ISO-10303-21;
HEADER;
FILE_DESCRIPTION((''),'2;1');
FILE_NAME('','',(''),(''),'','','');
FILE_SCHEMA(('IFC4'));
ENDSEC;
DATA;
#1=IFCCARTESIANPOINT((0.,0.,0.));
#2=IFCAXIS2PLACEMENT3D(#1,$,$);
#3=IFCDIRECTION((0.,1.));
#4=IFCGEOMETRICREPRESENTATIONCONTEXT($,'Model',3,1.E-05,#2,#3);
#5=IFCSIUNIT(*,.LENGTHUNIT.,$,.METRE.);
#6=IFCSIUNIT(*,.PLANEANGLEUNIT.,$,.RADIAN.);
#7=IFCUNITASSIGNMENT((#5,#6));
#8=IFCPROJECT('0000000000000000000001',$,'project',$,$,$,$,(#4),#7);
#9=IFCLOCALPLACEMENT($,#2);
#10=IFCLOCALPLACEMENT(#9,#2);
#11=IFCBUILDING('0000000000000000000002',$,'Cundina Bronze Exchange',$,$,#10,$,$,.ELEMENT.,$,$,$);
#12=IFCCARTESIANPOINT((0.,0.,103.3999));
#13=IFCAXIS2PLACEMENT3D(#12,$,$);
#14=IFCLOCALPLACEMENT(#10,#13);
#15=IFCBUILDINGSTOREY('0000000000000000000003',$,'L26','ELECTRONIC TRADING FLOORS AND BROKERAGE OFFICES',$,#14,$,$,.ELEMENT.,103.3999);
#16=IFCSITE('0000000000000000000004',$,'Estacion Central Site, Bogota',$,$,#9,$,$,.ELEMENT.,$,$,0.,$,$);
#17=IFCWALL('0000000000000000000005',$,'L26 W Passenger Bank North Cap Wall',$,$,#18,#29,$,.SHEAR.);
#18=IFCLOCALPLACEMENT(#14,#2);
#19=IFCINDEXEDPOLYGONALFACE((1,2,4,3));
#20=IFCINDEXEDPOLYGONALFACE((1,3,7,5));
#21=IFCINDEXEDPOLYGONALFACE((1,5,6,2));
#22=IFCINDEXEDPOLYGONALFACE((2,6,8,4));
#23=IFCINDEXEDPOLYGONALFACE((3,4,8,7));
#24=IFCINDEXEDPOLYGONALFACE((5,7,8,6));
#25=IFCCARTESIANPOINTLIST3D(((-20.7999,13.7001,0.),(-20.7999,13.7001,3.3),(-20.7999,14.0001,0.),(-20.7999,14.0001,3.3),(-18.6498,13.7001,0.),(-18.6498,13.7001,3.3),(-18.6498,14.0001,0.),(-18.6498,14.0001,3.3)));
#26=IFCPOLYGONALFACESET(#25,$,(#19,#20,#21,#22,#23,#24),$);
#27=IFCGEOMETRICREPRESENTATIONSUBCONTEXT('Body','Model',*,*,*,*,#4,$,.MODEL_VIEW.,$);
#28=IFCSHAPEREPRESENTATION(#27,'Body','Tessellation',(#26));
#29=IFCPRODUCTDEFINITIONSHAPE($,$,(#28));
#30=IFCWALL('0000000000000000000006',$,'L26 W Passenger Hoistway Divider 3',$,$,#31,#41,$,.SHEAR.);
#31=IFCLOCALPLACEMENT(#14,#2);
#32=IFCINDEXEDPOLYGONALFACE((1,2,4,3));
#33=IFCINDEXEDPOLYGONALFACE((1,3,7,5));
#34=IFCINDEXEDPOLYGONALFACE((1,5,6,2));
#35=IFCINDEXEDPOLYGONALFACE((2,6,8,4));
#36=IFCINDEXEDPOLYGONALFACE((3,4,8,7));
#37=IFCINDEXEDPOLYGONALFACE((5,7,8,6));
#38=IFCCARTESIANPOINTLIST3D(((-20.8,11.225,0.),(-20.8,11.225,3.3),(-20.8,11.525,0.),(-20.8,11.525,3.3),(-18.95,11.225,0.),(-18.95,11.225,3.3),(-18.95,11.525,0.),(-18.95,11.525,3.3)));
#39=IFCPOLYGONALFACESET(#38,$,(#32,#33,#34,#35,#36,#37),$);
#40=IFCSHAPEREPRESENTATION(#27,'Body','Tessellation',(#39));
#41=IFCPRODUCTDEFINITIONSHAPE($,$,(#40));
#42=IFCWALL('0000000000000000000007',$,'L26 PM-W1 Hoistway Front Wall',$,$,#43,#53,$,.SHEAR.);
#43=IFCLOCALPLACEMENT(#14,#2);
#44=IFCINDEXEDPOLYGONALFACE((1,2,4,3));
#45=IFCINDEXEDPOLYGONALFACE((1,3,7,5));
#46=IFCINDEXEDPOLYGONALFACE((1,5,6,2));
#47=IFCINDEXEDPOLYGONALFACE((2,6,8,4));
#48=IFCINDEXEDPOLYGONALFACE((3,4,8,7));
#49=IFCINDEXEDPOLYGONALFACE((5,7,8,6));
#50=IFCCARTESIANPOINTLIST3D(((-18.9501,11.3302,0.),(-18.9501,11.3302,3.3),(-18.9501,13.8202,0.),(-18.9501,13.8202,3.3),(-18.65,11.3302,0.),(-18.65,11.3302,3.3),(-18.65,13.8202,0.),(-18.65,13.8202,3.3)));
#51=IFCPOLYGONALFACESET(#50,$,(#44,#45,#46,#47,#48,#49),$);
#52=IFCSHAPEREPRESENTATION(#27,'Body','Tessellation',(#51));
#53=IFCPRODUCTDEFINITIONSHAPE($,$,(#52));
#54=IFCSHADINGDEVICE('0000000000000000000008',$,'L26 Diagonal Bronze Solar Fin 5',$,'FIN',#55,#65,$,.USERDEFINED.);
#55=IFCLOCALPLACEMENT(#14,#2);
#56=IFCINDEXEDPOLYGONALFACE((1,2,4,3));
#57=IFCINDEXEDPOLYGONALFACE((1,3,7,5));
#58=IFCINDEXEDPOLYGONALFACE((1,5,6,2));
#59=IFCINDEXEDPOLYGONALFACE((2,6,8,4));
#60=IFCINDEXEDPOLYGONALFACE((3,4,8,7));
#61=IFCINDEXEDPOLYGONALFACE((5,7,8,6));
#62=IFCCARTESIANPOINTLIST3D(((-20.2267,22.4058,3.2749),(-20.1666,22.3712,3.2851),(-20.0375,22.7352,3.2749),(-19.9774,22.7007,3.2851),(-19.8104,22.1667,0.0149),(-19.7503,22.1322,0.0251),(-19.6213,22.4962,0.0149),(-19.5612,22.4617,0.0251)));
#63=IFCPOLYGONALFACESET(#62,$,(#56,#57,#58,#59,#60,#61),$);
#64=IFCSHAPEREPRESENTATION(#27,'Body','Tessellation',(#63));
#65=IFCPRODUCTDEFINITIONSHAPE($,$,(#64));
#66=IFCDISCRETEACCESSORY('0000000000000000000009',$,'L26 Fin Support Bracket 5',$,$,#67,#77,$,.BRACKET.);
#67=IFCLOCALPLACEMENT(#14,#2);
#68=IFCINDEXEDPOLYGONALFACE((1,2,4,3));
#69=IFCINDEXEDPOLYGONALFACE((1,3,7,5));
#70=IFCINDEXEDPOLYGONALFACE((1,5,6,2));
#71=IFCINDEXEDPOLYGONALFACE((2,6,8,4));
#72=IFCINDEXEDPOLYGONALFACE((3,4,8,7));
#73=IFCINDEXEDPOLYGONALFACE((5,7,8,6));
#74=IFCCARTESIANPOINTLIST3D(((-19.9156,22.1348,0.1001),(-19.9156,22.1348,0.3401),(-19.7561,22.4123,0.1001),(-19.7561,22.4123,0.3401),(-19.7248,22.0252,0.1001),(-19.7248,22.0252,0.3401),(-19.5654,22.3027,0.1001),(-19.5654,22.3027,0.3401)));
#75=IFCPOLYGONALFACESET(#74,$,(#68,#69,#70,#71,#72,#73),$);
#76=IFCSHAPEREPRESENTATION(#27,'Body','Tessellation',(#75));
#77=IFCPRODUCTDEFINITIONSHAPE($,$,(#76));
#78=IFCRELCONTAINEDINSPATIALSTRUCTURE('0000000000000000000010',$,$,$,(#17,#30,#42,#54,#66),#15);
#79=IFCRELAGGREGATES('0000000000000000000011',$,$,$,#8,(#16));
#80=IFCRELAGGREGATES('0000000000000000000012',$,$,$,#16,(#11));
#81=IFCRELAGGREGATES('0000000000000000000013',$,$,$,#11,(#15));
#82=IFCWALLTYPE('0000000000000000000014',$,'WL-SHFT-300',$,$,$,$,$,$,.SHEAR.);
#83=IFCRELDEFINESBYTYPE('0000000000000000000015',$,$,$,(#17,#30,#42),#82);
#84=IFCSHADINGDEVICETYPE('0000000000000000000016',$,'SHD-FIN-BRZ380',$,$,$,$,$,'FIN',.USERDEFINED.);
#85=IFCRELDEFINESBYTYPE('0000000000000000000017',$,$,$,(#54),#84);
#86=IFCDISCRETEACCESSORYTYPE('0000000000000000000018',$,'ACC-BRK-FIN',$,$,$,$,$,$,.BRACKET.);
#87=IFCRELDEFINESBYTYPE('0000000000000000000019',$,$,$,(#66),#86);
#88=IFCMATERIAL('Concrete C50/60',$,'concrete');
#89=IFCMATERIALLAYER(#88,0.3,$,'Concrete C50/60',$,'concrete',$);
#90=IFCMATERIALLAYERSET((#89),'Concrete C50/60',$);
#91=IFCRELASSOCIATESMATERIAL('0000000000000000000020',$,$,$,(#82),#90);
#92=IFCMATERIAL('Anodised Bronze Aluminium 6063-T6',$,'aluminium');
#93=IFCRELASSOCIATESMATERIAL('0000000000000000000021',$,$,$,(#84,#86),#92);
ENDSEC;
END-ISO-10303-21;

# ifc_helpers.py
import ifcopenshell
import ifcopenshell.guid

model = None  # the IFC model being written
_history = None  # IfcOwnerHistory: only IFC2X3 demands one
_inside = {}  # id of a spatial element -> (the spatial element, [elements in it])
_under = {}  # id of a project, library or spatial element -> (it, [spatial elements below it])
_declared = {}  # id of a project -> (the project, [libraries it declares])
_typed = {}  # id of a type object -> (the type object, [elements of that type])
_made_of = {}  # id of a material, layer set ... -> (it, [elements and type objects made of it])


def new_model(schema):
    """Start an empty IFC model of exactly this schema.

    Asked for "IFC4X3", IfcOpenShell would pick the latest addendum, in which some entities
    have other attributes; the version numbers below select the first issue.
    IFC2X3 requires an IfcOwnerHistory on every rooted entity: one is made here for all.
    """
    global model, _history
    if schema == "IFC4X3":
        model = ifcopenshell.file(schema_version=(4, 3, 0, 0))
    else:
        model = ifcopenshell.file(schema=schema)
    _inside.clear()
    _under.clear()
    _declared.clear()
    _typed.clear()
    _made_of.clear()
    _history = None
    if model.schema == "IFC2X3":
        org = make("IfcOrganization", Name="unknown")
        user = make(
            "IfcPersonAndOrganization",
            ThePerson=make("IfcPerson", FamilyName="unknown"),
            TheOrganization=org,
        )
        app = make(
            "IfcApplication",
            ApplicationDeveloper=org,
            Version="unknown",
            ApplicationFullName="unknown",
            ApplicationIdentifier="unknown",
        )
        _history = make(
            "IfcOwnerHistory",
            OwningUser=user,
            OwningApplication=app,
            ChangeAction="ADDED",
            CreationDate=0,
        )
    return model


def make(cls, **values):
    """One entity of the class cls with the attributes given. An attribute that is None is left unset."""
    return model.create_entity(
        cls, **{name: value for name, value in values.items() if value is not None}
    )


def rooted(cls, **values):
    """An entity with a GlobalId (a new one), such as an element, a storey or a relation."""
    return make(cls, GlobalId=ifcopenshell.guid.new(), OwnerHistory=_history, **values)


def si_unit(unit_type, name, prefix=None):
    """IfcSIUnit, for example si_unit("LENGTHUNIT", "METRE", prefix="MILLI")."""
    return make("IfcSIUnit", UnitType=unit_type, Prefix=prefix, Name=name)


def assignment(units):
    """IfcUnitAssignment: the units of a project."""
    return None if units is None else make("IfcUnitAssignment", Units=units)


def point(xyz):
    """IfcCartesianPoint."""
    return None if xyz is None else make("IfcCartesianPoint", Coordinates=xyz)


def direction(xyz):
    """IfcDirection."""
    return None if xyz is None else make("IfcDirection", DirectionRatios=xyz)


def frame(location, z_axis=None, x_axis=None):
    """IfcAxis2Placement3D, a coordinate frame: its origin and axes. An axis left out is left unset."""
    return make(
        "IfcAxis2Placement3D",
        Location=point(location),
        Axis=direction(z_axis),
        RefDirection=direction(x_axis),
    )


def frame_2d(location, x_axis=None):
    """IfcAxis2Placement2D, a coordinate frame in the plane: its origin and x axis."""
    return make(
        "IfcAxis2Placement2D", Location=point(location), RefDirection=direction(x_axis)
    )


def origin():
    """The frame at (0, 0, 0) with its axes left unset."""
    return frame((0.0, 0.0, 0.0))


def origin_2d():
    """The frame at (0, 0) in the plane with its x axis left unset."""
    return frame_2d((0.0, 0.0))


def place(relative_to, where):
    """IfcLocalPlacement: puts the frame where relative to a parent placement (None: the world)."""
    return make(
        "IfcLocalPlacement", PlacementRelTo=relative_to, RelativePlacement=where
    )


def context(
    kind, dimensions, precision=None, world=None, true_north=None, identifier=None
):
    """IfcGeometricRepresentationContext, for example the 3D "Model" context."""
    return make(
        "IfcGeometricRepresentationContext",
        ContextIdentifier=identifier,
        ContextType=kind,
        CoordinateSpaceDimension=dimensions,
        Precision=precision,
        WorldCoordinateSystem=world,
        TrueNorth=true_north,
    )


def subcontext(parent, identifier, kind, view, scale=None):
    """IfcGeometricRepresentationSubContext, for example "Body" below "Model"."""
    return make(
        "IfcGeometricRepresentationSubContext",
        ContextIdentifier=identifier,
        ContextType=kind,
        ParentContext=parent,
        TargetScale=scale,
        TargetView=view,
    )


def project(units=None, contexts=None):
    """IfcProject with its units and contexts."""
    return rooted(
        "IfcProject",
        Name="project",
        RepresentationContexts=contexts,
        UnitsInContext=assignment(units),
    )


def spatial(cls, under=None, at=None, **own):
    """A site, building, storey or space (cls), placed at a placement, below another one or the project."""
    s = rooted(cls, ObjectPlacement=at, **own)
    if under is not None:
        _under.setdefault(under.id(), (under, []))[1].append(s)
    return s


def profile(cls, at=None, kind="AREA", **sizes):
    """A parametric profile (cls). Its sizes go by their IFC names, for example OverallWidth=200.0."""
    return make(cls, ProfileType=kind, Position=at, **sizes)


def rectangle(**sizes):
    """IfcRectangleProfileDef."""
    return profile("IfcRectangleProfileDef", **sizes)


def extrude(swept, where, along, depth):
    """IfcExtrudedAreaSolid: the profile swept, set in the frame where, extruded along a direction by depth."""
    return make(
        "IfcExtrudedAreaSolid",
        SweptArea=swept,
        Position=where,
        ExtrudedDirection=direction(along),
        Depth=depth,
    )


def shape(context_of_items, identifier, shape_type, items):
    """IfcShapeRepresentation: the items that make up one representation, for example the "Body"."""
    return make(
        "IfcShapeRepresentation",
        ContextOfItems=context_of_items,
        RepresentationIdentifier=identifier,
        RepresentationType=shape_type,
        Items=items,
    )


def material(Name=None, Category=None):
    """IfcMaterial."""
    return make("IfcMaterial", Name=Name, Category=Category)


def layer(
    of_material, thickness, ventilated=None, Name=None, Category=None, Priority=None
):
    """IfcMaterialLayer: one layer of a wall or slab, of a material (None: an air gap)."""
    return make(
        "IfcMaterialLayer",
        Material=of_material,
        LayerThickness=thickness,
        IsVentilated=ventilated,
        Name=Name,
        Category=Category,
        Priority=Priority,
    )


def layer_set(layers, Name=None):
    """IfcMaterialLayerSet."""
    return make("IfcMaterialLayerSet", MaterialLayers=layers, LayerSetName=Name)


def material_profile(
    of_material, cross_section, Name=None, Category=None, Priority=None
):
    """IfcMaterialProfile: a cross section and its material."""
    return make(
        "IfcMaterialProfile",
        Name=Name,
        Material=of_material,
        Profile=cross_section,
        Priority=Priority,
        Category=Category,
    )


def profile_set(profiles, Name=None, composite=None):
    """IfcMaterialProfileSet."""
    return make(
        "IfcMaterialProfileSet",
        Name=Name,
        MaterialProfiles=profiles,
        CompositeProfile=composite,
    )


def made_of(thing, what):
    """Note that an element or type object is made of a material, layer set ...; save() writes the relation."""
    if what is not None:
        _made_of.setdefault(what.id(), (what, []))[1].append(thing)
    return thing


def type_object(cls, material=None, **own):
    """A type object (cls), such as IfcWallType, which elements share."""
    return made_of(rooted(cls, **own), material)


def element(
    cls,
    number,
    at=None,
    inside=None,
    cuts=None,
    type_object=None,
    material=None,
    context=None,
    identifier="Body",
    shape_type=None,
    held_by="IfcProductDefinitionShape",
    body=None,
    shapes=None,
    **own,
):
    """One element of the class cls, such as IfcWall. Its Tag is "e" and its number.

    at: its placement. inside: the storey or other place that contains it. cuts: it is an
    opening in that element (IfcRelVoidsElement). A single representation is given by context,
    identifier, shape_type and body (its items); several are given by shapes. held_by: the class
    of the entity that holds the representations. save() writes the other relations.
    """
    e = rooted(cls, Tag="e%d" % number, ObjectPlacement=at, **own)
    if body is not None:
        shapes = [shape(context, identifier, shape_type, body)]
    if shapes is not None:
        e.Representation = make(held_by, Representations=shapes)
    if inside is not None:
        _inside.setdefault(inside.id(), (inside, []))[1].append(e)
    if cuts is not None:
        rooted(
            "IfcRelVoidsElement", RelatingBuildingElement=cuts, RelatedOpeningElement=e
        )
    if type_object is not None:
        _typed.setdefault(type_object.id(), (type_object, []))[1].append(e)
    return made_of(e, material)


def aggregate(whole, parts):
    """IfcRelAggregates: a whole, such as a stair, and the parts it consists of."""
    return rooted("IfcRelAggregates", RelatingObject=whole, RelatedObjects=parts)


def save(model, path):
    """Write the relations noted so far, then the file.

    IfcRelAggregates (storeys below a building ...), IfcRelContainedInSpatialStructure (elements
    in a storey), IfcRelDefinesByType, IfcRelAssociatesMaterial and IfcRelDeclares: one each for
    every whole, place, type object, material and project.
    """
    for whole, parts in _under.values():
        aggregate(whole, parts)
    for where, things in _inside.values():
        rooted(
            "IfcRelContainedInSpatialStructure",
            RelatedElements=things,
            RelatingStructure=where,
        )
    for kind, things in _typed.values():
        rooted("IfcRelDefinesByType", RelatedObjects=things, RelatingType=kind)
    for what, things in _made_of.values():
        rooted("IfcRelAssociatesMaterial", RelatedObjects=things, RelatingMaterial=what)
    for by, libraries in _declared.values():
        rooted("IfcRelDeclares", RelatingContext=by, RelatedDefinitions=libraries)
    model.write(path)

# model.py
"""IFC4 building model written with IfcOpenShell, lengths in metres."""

from ifc_helpers import new_model, si_unit, direction, frame, frame_2d, origin, origin_2d, place, context, subcontext, project, spatial, rectangle, extrude, material, layer, layer_set, material_profile, profile_set, type_object, element, save


model = new_model("IFC4")

# Units and contexts
model_context = context("Model", 3, precision=1e-05, world=origin(), true_north=direction((0.0, 1.0)))
body_context = subcontext(model_context, "Body", "Model", "MODEL_VIEW")
ifc_project = project(units=[si_unit("LENGTHUNIT", "METRE"), si_unit("PLANEANGLEUNIT", "RADIAN")], contexts=[model_context])

# Site, building, storey
site_placement = place(None, origin())
site = spatial("IfcSite", under=ifc_project, at=site_placement, Name="Estacion Central Site, Bogota", CompositionType="ELEMENT", RefElevation=0.0)
building_placement = place(site_placement, origin())
building = spatial("IfcBuilding", under=site, at=building_placement, Name="Cundina Bronze Exchange", CompositionType="ELEMENT")
storey_placement = place(building_placement, frame((0.0, 0.0, 103.3999)))
storey = spatial("IfcBuildingStorey", under=building, at=storey_placement, Name="L26", Description="ELECTRONIC TRADING FLOORS AND BROKERAGE OFFICES", CompositionType="ELEMENT", Elevation=103.3999)

# Shared definitions
ifc_material_1 = material(Name="Anodised Bronze Aluminium 6063-T6", Category="aluminium")

# Shared definitions
ifc_material_2 = material(Name="Concrete C50/60", Category="concrete")
ifc_layer_1 = layer(ifc_material_2, 0.3, Name="Concrete C50/60", Category="concrete")
ifc_layer_set_1 = layer_set([ifc_layer_1], Name="Concrete C50/60")
wall_type_1 = type_object("IfcWallType", Name="WL-SHFT-300", PredefinedType="SHEAR", material=ifc_layer_set_1)

# Walls
wall_1_placement = place(storey_placement, frame((-20.8, 13.8501, 0.0), z_axis=(0.0, 0.0, 1.0), x_axis=(1.0, 0.0, 0.0)))
element("IfcWall", 1, at=wall_1_placement, inside=storey, type_object=wall_type_1, Name="L26 W Passenger Bank North Cap Wall", PredefinedType="SHEAR", context=body_context, shape_type="SweptSolid", body=[
    extrude(rectangle(XDim=2.1501, YDim=0.3, at=frame_2d((1.0752, 0.0))), origin(), (0.0, 0.0, 1.0), 3.3),
])
wall_2_placement = place(storey_placement, frame((-20.8, 11.375, 0.0), z_axis=(0.0, 0.0, 1.0), x_axis=(1.0, 0.0, 0.0)))
element("IfcWall", 2, at=wall_2_placement, inside=storey, type_object=wall_type_1, Name="L26 W Passenger Hoistway Divider 3", PredefinedType="SHEAR", context=body_context, shape_type="SweptSolid", body=[
    extrude(rectangle(XDim=1.8501, YDim=0.3, at=frame_2d((0.925, 0.0))), origin(), (0.0, 0.0, 1.0), 3.3),
])
wall_3_placement = place(storey_placement, frame((-18.8, 11.3301, 0.0), z_axis=(0.0, 0.0, 1.0), x_axis=(0.0, 1.0, 0.0)))
element("IfcWall", 3, at=wall_3_placement, inside=storey, type_object=wall_type_1, Name="L26 PM-W1 Hoistway Front Wall", PredefinedType="SHEAR", context=body_context, shape_type="SweptSolid", body=[
    extrude(rectangle(XDim=2.49, YDim=0.3, at=frame_2d((1.2451, 0.0))), origin(), (0.0, 0.0, 1.0), 3.3),
])

# Shading device
ifc_material_profile_1 = material_profile(ifc_material_1, rectangle(XDim=0.0701, YDim=0.3799, at=origin_2d()), Name="FIN70X380", Category="aluminium")
ifc_profile_set_1 = profile_set([ifc_material_profile_1], Name="Anodised Bronze Aluminium 6063-T6")
shading_device_type = type_object("IfcShadingDeviceType", Name="SHD-FIN-BRZ380", ElementType="FIN", PredefinedType="USERDEFINED", material=ifc_profile_set_1)
shading_device_placement = place(storey_placement, frame((-19.6858, 22.3142, 0.02), z_axis=(-0.126325, 0.072535, 0.989333), x_axis=(0.857958, -0.492634, 0.145668)))
element("IfcShadingDevice", 4, at=shading_device_placement, inside=storey, type_object=shading_device_type, Name="L26 Diagonal Bronze Solar Fin 5", ObjectType="FIN", PredefinedType="USERDEFINED", context=body_context, shape_type="SweptSolid", body=[
    extrude(rectangle(XDim=0.0701, YDim=0.3799, at=origin_2d()), origin(), (0.0, 0.0, 1.0), 3.2952),
])

# Discrete accessory
discrete_accessory_type = type_object("IfcDiscreteAccessoryType", Name="ACC-BRK-FIN", PredefinedType="BRACKET", material=ifc_material_1)
discrete_accessory_placement = place(storey_placement, frame((-19.7405, 22.2188, 0.1001), z_axis=(0.0, 0.0, 1.0), x_axis=(-0.867105, 0.498125, 0.0)))
element("IfcDiscreteAccessory", 5, at=discrete_accessory_placement, inside=storey, type_object=discrete_accessory_type, Name="L26 Fin Support Bracket 5", PredefinedType="BRACKET", context=body_context, shape_type="SweptSolid", body=[
    extrude(rectangle(XDim=0.22, YDim=0.3201, at=origin_2d()), origin(), (0.0, 0.0, 1.0), 0.24),
])

save(model, "model.ifc")
